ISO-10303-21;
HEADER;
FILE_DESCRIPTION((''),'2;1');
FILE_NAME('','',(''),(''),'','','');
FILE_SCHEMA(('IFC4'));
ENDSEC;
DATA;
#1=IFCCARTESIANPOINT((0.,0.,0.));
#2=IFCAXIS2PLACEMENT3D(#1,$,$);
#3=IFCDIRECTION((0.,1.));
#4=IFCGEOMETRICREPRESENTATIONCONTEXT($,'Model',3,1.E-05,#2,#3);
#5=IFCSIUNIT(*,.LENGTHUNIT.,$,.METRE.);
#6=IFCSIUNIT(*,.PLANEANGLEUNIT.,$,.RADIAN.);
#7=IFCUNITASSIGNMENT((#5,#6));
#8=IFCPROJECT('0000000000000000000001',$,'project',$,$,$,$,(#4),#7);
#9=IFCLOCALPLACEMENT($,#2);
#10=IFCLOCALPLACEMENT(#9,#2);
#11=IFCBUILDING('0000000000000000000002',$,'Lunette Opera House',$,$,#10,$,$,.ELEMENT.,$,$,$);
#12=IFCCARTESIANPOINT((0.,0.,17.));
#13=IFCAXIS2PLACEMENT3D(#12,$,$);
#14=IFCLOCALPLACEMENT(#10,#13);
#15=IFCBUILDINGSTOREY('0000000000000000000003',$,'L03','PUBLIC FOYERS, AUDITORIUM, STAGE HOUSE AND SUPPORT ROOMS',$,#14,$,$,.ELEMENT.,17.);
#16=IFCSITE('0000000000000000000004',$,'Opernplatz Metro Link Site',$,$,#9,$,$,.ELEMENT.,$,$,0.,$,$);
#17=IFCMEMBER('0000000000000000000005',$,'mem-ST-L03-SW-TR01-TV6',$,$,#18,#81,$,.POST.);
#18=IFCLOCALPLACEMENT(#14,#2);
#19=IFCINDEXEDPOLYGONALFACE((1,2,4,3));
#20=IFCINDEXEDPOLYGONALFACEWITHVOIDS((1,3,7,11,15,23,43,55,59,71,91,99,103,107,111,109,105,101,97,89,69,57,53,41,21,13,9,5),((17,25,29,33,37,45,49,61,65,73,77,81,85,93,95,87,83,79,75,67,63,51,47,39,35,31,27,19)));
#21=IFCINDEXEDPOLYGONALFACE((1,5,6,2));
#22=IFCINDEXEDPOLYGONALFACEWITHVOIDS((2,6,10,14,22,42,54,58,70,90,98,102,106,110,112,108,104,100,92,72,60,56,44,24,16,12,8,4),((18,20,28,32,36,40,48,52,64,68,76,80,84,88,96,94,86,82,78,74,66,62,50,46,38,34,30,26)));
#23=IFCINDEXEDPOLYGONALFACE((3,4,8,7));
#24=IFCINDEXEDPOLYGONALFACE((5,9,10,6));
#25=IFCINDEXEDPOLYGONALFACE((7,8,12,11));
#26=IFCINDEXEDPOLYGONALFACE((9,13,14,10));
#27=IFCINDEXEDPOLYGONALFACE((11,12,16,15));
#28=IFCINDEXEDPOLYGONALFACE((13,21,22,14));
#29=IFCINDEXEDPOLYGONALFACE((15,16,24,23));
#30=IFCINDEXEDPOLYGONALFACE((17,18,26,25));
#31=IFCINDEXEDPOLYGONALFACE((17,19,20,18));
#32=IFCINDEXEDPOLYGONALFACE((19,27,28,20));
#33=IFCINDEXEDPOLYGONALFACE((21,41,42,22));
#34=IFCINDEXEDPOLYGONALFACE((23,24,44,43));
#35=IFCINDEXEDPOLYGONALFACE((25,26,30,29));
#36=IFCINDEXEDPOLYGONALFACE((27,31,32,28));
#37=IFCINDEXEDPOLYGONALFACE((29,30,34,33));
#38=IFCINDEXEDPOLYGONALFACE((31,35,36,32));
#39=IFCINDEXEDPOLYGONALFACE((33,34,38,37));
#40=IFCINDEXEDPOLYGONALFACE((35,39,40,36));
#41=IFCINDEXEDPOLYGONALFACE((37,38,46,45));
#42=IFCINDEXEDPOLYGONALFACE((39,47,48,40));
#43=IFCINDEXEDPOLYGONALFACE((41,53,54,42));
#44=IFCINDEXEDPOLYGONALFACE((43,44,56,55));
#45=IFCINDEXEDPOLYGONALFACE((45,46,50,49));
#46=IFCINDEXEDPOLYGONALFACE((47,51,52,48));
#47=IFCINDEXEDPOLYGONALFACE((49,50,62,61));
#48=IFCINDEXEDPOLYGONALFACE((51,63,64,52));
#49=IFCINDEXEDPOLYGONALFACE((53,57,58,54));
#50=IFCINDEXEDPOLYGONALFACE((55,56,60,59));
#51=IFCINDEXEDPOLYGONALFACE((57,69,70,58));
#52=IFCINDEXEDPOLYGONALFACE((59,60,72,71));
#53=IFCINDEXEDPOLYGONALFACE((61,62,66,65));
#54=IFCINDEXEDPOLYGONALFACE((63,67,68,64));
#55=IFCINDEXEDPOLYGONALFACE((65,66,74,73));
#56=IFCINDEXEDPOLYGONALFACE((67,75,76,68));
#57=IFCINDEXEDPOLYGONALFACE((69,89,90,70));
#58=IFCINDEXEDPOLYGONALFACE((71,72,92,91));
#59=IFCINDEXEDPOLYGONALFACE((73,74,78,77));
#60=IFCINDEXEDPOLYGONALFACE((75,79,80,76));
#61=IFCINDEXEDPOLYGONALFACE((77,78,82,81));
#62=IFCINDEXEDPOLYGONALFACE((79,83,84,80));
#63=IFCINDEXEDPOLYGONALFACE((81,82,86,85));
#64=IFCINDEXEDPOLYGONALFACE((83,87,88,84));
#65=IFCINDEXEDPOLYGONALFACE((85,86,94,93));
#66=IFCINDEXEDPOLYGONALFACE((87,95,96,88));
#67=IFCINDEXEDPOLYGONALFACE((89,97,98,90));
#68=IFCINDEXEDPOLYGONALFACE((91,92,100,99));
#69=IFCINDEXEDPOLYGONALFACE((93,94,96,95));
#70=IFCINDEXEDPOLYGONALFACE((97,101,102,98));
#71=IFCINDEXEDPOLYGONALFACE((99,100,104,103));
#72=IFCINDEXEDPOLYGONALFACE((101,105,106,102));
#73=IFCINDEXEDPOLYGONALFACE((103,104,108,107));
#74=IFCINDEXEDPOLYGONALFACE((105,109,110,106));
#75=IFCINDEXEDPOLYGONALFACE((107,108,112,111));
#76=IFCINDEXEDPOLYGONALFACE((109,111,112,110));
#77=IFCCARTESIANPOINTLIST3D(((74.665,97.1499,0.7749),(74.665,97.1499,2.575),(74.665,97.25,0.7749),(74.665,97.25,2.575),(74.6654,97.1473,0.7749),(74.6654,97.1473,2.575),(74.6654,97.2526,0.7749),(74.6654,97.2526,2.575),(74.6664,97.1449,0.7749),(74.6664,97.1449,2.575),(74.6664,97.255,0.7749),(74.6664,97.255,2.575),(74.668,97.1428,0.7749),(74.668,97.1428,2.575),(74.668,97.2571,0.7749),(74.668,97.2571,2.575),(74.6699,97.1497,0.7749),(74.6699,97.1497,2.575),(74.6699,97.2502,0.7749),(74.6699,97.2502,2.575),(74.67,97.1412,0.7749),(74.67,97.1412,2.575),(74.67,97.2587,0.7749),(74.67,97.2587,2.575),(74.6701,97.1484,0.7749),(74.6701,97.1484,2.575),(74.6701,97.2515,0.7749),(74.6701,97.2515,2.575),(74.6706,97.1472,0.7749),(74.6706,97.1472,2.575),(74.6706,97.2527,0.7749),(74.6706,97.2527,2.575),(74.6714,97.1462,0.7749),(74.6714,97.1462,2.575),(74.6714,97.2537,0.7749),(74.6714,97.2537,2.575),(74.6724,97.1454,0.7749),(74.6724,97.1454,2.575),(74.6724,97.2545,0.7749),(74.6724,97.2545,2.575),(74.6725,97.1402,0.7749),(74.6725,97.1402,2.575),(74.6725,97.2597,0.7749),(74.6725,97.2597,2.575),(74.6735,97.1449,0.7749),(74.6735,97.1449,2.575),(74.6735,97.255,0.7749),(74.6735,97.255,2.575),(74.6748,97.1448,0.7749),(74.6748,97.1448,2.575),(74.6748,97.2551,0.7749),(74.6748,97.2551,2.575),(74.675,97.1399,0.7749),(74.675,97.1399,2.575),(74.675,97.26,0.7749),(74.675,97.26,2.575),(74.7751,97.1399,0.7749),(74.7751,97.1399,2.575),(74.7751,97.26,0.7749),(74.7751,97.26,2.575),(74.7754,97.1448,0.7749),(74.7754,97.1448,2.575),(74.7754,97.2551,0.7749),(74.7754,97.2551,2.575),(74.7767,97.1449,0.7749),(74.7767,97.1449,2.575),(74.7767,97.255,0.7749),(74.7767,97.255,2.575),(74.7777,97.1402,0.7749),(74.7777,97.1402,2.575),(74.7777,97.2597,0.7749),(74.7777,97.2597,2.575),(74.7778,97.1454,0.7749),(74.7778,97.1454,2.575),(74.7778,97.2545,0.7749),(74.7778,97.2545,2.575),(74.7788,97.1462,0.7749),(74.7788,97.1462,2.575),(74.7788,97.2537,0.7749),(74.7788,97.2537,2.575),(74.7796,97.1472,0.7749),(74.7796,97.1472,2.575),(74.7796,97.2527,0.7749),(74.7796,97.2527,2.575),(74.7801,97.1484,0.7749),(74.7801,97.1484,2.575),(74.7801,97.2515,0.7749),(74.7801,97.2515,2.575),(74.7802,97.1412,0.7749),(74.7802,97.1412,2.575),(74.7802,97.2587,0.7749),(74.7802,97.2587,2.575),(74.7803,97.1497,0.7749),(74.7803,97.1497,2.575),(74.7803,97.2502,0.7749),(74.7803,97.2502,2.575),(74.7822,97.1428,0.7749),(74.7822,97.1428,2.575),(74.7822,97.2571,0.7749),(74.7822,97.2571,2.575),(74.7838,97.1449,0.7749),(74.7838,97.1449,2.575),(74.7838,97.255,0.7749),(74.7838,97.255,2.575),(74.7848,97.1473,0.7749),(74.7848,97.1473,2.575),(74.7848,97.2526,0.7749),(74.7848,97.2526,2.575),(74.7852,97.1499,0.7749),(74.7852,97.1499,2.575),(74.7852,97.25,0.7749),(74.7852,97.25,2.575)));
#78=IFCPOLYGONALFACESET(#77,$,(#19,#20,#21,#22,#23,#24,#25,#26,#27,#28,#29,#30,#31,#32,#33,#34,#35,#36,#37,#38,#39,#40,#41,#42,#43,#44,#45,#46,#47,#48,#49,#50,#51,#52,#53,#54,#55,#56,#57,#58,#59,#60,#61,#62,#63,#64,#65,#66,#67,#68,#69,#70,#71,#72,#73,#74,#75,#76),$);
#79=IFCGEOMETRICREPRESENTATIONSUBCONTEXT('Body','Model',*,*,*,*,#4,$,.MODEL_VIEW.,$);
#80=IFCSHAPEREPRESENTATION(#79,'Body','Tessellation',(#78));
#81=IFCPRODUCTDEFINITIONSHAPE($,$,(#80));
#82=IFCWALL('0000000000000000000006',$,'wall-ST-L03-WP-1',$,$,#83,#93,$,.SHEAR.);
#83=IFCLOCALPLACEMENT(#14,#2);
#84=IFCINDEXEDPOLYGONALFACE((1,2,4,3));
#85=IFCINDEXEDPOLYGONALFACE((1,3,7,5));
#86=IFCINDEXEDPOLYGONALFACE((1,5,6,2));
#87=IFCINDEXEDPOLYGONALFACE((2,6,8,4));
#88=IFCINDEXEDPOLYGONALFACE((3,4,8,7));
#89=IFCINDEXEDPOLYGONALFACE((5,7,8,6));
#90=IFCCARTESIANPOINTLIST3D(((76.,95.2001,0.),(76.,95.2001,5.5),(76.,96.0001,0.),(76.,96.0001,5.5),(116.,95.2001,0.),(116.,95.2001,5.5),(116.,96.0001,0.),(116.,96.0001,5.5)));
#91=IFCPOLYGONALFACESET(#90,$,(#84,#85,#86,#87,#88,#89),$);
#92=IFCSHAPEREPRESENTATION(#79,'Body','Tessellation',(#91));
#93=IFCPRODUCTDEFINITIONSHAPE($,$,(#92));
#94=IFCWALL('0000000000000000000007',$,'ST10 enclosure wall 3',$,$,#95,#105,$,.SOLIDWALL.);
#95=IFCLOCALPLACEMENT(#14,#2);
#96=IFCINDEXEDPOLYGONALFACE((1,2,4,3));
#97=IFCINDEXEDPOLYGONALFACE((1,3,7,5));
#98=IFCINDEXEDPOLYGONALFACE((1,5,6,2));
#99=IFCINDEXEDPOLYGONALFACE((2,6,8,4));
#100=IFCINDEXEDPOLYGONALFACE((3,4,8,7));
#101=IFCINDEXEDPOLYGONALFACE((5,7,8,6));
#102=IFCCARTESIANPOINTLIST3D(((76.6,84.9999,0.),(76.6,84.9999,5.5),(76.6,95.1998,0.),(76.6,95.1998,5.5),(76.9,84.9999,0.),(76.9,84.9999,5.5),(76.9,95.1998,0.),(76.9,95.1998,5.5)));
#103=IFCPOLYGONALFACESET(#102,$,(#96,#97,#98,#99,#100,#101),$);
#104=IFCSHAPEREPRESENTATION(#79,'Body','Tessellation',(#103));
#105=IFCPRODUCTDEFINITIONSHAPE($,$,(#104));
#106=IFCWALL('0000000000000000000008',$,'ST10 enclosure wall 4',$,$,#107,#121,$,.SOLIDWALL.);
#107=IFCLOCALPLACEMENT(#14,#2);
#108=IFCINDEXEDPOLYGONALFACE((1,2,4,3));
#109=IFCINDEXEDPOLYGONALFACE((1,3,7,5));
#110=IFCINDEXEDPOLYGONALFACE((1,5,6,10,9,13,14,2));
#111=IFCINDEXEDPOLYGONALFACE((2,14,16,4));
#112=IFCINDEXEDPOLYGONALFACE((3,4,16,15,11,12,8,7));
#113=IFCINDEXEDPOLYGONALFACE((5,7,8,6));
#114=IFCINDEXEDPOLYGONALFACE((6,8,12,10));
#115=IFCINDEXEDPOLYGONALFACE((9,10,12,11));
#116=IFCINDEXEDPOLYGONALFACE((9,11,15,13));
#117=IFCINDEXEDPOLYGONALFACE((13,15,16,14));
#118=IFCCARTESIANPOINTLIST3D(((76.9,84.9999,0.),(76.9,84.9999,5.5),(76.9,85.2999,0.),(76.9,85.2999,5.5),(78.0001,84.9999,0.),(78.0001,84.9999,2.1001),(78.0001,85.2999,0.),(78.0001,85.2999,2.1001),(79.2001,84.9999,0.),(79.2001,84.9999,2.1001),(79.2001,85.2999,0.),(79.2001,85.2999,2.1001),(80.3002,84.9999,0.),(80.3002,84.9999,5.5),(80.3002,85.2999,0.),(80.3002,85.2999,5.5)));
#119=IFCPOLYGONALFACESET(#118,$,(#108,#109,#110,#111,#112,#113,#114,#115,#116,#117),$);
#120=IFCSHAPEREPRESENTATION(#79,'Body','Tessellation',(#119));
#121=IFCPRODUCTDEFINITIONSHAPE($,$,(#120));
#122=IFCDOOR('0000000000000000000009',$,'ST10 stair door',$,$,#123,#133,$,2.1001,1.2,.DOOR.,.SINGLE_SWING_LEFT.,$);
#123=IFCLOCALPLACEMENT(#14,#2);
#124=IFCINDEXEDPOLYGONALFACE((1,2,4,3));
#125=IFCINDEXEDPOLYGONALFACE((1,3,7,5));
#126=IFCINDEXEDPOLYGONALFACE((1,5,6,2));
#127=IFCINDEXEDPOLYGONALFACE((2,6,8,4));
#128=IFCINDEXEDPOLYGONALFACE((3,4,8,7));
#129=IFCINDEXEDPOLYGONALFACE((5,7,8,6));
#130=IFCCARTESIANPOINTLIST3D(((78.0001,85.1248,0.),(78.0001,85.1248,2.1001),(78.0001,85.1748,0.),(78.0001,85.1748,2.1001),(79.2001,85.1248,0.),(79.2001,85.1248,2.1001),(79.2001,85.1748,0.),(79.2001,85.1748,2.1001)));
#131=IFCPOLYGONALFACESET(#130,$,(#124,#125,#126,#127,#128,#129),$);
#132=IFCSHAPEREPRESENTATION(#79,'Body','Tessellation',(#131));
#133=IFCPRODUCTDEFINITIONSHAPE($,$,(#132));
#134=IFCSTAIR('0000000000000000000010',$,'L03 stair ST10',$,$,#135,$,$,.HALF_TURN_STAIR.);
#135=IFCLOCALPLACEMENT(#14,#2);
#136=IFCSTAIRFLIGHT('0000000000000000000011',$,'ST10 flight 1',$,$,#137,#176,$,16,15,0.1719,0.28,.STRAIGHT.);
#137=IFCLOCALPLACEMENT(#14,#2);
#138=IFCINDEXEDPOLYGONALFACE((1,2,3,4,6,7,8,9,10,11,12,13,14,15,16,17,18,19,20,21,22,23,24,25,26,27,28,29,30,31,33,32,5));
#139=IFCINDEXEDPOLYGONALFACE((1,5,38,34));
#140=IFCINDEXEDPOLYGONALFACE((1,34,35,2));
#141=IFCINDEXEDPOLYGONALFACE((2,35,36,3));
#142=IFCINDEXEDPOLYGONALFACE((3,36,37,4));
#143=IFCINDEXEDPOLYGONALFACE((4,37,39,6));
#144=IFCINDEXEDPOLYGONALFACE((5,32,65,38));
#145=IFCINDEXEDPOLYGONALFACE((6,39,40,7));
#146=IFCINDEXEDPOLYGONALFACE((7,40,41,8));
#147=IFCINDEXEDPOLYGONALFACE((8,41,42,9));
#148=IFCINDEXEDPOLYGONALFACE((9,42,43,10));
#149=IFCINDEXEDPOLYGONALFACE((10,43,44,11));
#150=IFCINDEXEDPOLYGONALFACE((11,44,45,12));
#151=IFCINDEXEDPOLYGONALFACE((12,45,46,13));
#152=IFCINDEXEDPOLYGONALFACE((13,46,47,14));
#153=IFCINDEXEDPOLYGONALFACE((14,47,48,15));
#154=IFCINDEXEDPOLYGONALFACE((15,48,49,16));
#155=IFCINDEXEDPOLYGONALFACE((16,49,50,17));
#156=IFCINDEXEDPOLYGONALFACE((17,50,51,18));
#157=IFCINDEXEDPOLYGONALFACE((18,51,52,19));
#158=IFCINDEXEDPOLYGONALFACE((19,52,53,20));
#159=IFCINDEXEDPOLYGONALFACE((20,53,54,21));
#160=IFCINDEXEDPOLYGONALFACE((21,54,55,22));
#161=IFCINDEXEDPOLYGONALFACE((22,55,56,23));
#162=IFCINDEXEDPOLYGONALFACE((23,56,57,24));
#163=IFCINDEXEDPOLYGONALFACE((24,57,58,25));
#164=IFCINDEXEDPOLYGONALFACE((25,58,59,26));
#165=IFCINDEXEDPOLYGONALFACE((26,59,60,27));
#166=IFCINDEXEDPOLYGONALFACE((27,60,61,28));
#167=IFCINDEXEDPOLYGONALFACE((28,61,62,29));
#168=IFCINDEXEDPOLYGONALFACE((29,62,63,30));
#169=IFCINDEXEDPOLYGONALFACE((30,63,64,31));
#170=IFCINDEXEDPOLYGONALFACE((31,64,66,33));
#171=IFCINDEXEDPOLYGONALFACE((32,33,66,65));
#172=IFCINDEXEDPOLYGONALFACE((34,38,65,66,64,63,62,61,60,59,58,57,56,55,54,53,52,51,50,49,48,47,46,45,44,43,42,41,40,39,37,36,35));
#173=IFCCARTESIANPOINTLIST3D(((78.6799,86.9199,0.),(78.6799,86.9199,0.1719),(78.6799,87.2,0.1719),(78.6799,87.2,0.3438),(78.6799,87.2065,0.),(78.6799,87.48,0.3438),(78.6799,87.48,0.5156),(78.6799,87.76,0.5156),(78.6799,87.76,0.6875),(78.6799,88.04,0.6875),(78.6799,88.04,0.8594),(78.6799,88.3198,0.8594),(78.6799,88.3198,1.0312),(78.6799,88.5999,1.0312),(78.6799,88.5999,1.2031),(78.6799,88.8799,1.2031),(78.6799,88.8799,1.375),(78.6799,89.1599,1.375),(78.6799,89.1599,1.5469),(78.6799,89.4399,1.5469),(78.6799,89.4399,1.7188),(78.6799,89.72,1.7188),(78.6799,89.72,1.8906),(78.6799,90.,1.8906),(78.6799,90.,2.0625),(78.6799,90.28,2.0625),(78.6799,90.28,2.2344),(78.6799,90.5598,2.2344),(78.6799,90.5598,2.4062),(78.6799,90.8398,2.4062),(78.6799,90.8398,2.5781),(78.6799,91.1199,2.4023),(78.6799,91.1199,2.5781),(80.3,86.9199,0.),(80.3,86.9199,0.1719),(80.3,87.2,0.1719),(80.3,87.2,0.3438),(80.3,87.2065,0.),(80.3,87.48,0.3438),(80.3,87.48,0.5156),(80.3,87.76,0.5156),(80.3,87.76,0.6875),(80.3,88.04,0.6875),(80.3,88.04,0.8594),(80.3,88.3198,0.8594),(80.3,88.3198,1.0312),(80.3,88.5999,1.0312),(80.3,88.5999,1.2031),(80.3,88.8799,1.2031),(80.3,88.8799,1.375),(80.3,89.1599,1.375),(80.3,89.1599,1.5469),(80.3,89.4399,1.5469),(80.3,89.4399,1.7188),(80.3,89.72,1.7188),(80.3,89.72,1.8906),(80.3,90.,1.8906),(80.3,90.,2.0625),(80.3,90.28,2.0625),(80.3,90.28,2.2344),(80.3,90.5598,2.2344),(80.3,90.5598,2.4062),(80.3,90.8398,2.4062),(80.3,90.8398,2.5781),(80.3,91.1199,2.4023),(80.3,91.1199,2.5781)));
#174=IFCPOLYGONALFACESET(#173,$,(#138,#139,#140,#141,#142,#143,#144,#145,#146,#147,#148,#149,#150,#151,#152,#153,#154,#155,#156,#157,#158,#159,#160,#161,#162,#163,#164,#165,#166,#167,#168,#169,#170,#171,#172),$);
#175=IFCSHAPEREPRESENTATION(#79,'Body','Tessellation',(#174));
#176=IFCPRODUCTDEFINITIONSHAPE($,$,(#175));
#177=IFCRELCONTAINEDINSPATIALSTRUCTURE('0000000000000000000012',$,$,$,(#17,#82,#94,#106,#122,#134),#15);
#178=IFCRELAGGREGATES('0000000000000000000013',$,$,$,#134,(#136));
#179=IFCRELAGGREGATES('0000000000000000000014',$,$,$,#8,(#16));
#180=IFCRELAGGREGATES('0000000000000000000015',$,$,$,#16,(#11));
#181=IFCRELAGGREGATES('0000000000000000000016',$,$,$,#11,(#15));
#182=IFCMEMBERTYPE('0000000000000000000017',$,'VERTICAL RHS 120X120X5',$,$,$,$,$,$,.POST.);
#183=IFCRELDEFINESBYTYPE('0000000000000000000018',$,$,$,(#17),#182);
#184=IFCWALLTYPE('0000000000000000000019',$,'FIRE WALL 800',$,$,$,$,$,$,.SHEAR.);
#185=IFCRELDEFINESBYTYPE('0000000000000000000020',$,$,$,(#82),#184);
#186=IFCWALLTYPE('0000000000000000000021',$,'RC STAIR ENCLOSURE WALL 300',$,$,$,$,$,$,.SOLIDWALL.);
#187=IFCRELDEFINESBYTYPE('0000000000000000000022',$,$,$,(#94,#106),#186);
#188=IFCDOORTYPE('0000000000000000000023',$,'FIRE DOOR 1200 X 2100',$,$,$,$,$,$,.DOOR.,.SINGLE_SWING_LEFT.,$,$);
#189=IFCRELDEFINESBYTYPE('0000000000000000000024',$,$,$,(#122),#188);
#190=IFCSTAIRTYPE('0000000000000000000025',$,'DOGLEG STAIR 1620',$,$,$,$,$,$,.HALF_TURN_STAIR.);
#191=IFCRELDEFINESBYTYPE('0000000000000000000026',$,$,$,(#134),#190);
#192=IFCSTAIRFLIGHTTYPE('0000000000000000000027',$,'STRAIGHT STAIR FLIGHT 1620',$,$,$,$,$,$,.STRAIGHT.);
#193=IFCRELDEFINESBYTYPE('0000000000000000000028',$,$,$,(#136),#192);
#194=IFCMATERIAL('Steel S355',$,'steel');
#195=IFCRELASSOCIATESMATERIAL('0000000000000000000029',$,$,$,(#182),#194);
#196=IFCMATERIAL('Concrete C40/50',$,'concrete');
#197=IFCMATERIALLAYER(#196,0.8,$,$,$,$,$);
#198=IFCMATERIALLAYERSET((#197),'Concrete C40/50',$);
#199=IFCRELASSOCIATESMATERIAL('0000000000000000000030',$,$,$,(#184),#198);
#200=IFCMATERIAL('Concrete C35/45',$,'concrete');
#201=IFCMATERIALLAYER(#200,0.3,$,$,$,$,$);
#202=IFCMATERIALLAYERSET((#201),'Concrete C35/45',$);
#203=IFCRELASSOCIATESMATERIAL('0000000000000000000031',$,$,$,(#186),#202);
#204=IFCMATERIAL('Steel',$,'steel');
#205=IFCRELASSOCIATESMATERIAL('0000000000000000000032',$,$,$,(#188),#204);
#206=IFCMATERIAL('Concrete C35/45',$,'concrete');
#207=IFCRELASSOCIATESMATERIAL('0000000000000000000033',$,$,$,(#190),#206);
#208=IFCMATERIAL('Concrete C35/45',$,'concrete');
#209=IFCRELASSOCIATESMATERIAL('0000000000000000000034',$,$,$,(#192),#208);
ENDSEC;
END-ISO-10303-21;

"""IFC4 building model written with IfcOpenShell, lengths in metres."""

from ifc_helpers import new_model, si_unit, direction, frame, frame_2d, origin, origin_2d, place, context, subcontext, project, spatial, polyline, rectangle, hollow_rectangle, outline, extrude, material, layer, layer_set, material_profile, profile_set, type_object, element, fill, aggregate, save


model = new_model("IFC4")

# Units and contexts
model_context = context("Model", 3, precision=1e-05, world=origin(), true_north=direction((0.0, 1.0)))
body_context = subcontext(model_context, "Body", "Model", "MODEL_VIEW")
ifc_project = project(units=[si_unit("LENGTHUNIT", "METRE"), si_unit("PLANEANGLEUNIT", "RADIAN")], contexts=[model_context])

# Site, building, storey
site_placement = place(None, origin())
site = spatial("IfcSite", under=ifc_project, at=site_placement, Name="Opernplatz Metro Link Site", CompositionType="ELEMENT", RefElevation=0.0)
building_placement = place(site_placement, origin())
building = spatial("IfcBuilding", under=site, at=building_placement, Name="Lunette Opera House", CompositionType="ELEMENT")
storey_placement = place(building_placement, frame((0.0, 0.0, 17.0)))
storey = spatial("IfcBuildingStorey", under=building, at=storey_placement, Name="L03", Description="PUBLIC FOYERS, AUDITORIUM, STAGE HOUSE AND SUPPORT ROOMS", CompositionType="ELEMENT", Elevation=17.0)

# Member
ifc_material_1 = material(Name="Steel S355", Category="steel")
ifc_material_profile_1 = material_profile(ifc_material_1, hollow_rectangle(XDim=0.1201, YDim=0.1201, WallThickness=0.0049, InnerFilletRadius=0.0049, OuterFilletRadius=0.01, at=origin_2d()), Name="RHS 120X120X5")
ifc_profile_set_1 = profile_set([ifc_material_profile_1], Name="Steel S355")
member_type_1 = type_object("IfcMemberType", Name="VERTICAL RHS 120X120X5", PredefinedType="POST", material=ifc_profile_set_1)
member_1_placement = place(storey_placement, frame((74.7251, 97.2, 0.7749), z_axis=(0.0, 0.0, 1.0), x_axis=(1.0, 0.0, 0.0)))
element("IfcMember", 1, at=member_1_placement, inside=storey, type_object=member_type_1, Name="mem-ST-L03-SW-TR01-TV6", PredefinedType="POST", context=body_context, shape_type="SweptSolid", body=[
    extrude(hollow_rectangle(XDim=0.1201, YDim=0.1201, WallThickness=0.0049, InnerFilletRadius=0.0049, OuterFilletRadius=0.01, at=origin_2d()), origin(), (0.0, 0.0, 1.0), 1.8),
])

# Walls
ifc_material_2 = material(Name="Concrete C40/50", Category="concrete")
ifc_layer_1 = layer(ifc_material_2, 0.8)
ifc_layer_set_1 = layer_set([ifc_layer_1], Name="Concrete C40/50")
wall_type_1 = type_object("IfcWallType", Name="FIRE WALL 800", PredefinedType="SHEAR", material=ifc_layer_set_1)
wall_1_placement = place(storey_placement, frame((76.0, 95.6001, 0.0), z_axis=(0.0, 0.0, 1.0), x_axis=(1.0, 0.0, 0.0)))
element("IfcWall", 2, at=wall_1_placement, inside=storey, type_object=wall_type_1, Name="wall-ST-L03-WP-1", PredefinedType="SHEAR", context=body_context, shape_type="SweptSolid", body=[
    extrude(rectangle(XDim=40.0, YDim=0.8, at=frame_2d((20.0, 0.0))), origin(), (0.0, 0.0, 1.0), 5.5),
])
ifc_material_3 = material(Name="Concrete C35/45", Category="concrete")
ifc_layer_2 = layer(ifc_material_3, 0.3)
ifc_layer_set_2 = layer_set([ifc_layer_2], Name="Concrete C35/45")
wall_type_2 = type_object("IfcWallType", Name="RC STAIR ENCLOSURE WALL 300", PredefinedType="SOLIDWALL", material=ifc_layer_set_2)
wall_2_placement = place(storey_placement, frame((76.75, 95.2, 0.0), z_axis=(0.0, 0.0, 1.0), x_axis=(0.0, -1.0, 0.0)))
element("IfcWall", 3, at=wall_2_placement, inside=storey, type_object=wall_type_2, Name="ST10 enclosure wall 3", PredefinedType="SOLIDWALL", context=body_context, shape_type="SweptSolid", body=[
    extrude(rectangle(XDim=10.2, YDim=0.3, at=frame_2d((5.1001, 0.0))), origin(), (0.0, 0.0, 1.0), 5.5),
])

# Wall, opening, door
wall_3_placement = place(storey_placement, frame((76.8999, 85.1499, 0.0), z_axis=(0.0, 0.0, 1.0), x_axis=(1.0, 0.0, 0.0)))
wall_3 = element("IfcWall", 4, at=wall_3_placement, inside=storey, type_object=wall_type_2, Name="ST10 enclosure wall 4", PredefinedType="SOLIDWALL", context=body_context, shape_type="SweptSolid", body=[
    extrude(rectangle(XDim=3.4001, YDim=0.3, at=frame_2d((1.7002, 0.0))), origin(), (0.0, 0.0, 1.0), 5.5),
])
opening_placement = place(wall_3_placement, frame((1.1001, 0.0, 0.0)))
opening = element("IfcOpeningElement", 5, at=opening_placement, cuts=wall_3, PredefinedType="OPENING", context=body_context, shape_type="SweptSolid", body=[
    extrude(rectangle(XDim=1.2, YDim=2.1001, at=frame_2d((0.6001, 1.05))), frame((0.0, 0.1621, 0.0), z_axis=(0.0, -1.0, 0.0), x_axis=(1.0, 0.0, 0.0)), (0.0, 0.0, 1.0), 0.324),
])
ifc_material_4 = material(Name="Steel", Category="steel")
door_type = type_object("IfcDoorType", Name="FIRE DOOR 1200 X 2100", OperationType="SINGLE_SWING_LEFT", PredefinedType="DOOR", material=ifc_material_4)
door_placement = place(opening_placement, origin())
door = element("IfcDoor", 6, at=door_placement, inside=storey, type_object=door_type, Name="ST10 stair door", OperationType="SINGLE_SWING_LEFT", OverallHeight=2.1001, OverallWidth=1.2, PredefinedType="DOOR", context=body_context, shape_type="SweptSolid", body=[
    extrude(rectangle(XDim=1.2, YDim=2.1001, at=frame_2d((0.6001, 1.05))), frame((0.0, 0.0249, 0.0), z_axis=(0.0, -1.0, 0.0), x_axis=(1.0, 0.0, 0.0)), (0.0, 0.0, 1.0), 0.05),
])
fill(opening, door)

# Stair, stair flight
ifc_material_5 = material(Name="Concrete C35/45", Category="concrete")
stair_type = type_object("IfcStairType", Name="DOGLEG STAIR 1620", PredefinedType="HALF_TURN_STAIR", material=ifc_material_5)
stair_placement = place(storey_placement, origin())
stair = element("IfcStair", 7, at=stair_placement, inside=storey, type_object=stair_type, Name="L03 stair ST10", PredefinedType="HALF_TURN_STAIR")
ifc_material_6 = material(Name="Concrete C35/45", Category="concrete")
stair_flight_type = type_object("IfcStairFlightType", Name="STRAIGHT STAIR FLIGHT 1620", PredefinedType="STRAIGHT", material=ifc_material_6)
stair_flight_1_placement = place(storey_placement, frame((79.49, 86.9199, 0.0), z_axis=(0.0, 0.0, 1.0), x_axis=(0.0, 1.0, 0.0)))
stair_flight_1 = element("IfcStairFlight", 8, at=stair_flight_1_placement, type_object=stair_flight_type, Name="ST10 flight 1", NumberOfRisers=16, NumberOfTreads=15, PredefinedType="STRAIGHT", RiserHeight=0.1719, TreadLength=0.28, context=body_context, shape_type="SweptSolid", body=[
    extrude(outline(polyline([(0.0, 0.0), (0.0, 0.1719), (0.28, 0.1719), (0.28, 0.3438), (0.5601, 0.3438), (0.5601, 0.5156), (0.8401, 0.5156), (0.8401, 0.6875), (1.1201, 0.6875), (1.1201, 0.8594), (1.3999, 0.8594), (1.3999, 1.0312), (1.6799, 1.0312), (1.6799, 1.2031), (1.96, 1.2031), (1.96, 1.375), (2.24, 1.375), (2.24, 1.5469), (2.52, 1.5469), (2.52, 1.7188), (2.8, 1.7188), (2.8, 1.8906), (3.0801, 1.8906), (3.0801, 2.0625), (3.3601, 2.0625), (3.3601, 2.2344), (3.6399, 2.2344), (3.6399, 2.4062), (3.9199, 2.4062), (3.9199, 2.5781), (4.2, 2.5781), (4.2, 2.75), (4.2, 2.4023), (0.2866, 0.0), (0.0, 0.0)])), frame((0.0, 0.8101, 0.0), z_axis=(0.0, -1.0, 0.0), x_axis=(1.0, 0.0, 0.0)), (0.0, 0.0, 1.0), 1.6201),
])
aggregate(stair, [stair_flight_1])

save(model, "model.ifc")
